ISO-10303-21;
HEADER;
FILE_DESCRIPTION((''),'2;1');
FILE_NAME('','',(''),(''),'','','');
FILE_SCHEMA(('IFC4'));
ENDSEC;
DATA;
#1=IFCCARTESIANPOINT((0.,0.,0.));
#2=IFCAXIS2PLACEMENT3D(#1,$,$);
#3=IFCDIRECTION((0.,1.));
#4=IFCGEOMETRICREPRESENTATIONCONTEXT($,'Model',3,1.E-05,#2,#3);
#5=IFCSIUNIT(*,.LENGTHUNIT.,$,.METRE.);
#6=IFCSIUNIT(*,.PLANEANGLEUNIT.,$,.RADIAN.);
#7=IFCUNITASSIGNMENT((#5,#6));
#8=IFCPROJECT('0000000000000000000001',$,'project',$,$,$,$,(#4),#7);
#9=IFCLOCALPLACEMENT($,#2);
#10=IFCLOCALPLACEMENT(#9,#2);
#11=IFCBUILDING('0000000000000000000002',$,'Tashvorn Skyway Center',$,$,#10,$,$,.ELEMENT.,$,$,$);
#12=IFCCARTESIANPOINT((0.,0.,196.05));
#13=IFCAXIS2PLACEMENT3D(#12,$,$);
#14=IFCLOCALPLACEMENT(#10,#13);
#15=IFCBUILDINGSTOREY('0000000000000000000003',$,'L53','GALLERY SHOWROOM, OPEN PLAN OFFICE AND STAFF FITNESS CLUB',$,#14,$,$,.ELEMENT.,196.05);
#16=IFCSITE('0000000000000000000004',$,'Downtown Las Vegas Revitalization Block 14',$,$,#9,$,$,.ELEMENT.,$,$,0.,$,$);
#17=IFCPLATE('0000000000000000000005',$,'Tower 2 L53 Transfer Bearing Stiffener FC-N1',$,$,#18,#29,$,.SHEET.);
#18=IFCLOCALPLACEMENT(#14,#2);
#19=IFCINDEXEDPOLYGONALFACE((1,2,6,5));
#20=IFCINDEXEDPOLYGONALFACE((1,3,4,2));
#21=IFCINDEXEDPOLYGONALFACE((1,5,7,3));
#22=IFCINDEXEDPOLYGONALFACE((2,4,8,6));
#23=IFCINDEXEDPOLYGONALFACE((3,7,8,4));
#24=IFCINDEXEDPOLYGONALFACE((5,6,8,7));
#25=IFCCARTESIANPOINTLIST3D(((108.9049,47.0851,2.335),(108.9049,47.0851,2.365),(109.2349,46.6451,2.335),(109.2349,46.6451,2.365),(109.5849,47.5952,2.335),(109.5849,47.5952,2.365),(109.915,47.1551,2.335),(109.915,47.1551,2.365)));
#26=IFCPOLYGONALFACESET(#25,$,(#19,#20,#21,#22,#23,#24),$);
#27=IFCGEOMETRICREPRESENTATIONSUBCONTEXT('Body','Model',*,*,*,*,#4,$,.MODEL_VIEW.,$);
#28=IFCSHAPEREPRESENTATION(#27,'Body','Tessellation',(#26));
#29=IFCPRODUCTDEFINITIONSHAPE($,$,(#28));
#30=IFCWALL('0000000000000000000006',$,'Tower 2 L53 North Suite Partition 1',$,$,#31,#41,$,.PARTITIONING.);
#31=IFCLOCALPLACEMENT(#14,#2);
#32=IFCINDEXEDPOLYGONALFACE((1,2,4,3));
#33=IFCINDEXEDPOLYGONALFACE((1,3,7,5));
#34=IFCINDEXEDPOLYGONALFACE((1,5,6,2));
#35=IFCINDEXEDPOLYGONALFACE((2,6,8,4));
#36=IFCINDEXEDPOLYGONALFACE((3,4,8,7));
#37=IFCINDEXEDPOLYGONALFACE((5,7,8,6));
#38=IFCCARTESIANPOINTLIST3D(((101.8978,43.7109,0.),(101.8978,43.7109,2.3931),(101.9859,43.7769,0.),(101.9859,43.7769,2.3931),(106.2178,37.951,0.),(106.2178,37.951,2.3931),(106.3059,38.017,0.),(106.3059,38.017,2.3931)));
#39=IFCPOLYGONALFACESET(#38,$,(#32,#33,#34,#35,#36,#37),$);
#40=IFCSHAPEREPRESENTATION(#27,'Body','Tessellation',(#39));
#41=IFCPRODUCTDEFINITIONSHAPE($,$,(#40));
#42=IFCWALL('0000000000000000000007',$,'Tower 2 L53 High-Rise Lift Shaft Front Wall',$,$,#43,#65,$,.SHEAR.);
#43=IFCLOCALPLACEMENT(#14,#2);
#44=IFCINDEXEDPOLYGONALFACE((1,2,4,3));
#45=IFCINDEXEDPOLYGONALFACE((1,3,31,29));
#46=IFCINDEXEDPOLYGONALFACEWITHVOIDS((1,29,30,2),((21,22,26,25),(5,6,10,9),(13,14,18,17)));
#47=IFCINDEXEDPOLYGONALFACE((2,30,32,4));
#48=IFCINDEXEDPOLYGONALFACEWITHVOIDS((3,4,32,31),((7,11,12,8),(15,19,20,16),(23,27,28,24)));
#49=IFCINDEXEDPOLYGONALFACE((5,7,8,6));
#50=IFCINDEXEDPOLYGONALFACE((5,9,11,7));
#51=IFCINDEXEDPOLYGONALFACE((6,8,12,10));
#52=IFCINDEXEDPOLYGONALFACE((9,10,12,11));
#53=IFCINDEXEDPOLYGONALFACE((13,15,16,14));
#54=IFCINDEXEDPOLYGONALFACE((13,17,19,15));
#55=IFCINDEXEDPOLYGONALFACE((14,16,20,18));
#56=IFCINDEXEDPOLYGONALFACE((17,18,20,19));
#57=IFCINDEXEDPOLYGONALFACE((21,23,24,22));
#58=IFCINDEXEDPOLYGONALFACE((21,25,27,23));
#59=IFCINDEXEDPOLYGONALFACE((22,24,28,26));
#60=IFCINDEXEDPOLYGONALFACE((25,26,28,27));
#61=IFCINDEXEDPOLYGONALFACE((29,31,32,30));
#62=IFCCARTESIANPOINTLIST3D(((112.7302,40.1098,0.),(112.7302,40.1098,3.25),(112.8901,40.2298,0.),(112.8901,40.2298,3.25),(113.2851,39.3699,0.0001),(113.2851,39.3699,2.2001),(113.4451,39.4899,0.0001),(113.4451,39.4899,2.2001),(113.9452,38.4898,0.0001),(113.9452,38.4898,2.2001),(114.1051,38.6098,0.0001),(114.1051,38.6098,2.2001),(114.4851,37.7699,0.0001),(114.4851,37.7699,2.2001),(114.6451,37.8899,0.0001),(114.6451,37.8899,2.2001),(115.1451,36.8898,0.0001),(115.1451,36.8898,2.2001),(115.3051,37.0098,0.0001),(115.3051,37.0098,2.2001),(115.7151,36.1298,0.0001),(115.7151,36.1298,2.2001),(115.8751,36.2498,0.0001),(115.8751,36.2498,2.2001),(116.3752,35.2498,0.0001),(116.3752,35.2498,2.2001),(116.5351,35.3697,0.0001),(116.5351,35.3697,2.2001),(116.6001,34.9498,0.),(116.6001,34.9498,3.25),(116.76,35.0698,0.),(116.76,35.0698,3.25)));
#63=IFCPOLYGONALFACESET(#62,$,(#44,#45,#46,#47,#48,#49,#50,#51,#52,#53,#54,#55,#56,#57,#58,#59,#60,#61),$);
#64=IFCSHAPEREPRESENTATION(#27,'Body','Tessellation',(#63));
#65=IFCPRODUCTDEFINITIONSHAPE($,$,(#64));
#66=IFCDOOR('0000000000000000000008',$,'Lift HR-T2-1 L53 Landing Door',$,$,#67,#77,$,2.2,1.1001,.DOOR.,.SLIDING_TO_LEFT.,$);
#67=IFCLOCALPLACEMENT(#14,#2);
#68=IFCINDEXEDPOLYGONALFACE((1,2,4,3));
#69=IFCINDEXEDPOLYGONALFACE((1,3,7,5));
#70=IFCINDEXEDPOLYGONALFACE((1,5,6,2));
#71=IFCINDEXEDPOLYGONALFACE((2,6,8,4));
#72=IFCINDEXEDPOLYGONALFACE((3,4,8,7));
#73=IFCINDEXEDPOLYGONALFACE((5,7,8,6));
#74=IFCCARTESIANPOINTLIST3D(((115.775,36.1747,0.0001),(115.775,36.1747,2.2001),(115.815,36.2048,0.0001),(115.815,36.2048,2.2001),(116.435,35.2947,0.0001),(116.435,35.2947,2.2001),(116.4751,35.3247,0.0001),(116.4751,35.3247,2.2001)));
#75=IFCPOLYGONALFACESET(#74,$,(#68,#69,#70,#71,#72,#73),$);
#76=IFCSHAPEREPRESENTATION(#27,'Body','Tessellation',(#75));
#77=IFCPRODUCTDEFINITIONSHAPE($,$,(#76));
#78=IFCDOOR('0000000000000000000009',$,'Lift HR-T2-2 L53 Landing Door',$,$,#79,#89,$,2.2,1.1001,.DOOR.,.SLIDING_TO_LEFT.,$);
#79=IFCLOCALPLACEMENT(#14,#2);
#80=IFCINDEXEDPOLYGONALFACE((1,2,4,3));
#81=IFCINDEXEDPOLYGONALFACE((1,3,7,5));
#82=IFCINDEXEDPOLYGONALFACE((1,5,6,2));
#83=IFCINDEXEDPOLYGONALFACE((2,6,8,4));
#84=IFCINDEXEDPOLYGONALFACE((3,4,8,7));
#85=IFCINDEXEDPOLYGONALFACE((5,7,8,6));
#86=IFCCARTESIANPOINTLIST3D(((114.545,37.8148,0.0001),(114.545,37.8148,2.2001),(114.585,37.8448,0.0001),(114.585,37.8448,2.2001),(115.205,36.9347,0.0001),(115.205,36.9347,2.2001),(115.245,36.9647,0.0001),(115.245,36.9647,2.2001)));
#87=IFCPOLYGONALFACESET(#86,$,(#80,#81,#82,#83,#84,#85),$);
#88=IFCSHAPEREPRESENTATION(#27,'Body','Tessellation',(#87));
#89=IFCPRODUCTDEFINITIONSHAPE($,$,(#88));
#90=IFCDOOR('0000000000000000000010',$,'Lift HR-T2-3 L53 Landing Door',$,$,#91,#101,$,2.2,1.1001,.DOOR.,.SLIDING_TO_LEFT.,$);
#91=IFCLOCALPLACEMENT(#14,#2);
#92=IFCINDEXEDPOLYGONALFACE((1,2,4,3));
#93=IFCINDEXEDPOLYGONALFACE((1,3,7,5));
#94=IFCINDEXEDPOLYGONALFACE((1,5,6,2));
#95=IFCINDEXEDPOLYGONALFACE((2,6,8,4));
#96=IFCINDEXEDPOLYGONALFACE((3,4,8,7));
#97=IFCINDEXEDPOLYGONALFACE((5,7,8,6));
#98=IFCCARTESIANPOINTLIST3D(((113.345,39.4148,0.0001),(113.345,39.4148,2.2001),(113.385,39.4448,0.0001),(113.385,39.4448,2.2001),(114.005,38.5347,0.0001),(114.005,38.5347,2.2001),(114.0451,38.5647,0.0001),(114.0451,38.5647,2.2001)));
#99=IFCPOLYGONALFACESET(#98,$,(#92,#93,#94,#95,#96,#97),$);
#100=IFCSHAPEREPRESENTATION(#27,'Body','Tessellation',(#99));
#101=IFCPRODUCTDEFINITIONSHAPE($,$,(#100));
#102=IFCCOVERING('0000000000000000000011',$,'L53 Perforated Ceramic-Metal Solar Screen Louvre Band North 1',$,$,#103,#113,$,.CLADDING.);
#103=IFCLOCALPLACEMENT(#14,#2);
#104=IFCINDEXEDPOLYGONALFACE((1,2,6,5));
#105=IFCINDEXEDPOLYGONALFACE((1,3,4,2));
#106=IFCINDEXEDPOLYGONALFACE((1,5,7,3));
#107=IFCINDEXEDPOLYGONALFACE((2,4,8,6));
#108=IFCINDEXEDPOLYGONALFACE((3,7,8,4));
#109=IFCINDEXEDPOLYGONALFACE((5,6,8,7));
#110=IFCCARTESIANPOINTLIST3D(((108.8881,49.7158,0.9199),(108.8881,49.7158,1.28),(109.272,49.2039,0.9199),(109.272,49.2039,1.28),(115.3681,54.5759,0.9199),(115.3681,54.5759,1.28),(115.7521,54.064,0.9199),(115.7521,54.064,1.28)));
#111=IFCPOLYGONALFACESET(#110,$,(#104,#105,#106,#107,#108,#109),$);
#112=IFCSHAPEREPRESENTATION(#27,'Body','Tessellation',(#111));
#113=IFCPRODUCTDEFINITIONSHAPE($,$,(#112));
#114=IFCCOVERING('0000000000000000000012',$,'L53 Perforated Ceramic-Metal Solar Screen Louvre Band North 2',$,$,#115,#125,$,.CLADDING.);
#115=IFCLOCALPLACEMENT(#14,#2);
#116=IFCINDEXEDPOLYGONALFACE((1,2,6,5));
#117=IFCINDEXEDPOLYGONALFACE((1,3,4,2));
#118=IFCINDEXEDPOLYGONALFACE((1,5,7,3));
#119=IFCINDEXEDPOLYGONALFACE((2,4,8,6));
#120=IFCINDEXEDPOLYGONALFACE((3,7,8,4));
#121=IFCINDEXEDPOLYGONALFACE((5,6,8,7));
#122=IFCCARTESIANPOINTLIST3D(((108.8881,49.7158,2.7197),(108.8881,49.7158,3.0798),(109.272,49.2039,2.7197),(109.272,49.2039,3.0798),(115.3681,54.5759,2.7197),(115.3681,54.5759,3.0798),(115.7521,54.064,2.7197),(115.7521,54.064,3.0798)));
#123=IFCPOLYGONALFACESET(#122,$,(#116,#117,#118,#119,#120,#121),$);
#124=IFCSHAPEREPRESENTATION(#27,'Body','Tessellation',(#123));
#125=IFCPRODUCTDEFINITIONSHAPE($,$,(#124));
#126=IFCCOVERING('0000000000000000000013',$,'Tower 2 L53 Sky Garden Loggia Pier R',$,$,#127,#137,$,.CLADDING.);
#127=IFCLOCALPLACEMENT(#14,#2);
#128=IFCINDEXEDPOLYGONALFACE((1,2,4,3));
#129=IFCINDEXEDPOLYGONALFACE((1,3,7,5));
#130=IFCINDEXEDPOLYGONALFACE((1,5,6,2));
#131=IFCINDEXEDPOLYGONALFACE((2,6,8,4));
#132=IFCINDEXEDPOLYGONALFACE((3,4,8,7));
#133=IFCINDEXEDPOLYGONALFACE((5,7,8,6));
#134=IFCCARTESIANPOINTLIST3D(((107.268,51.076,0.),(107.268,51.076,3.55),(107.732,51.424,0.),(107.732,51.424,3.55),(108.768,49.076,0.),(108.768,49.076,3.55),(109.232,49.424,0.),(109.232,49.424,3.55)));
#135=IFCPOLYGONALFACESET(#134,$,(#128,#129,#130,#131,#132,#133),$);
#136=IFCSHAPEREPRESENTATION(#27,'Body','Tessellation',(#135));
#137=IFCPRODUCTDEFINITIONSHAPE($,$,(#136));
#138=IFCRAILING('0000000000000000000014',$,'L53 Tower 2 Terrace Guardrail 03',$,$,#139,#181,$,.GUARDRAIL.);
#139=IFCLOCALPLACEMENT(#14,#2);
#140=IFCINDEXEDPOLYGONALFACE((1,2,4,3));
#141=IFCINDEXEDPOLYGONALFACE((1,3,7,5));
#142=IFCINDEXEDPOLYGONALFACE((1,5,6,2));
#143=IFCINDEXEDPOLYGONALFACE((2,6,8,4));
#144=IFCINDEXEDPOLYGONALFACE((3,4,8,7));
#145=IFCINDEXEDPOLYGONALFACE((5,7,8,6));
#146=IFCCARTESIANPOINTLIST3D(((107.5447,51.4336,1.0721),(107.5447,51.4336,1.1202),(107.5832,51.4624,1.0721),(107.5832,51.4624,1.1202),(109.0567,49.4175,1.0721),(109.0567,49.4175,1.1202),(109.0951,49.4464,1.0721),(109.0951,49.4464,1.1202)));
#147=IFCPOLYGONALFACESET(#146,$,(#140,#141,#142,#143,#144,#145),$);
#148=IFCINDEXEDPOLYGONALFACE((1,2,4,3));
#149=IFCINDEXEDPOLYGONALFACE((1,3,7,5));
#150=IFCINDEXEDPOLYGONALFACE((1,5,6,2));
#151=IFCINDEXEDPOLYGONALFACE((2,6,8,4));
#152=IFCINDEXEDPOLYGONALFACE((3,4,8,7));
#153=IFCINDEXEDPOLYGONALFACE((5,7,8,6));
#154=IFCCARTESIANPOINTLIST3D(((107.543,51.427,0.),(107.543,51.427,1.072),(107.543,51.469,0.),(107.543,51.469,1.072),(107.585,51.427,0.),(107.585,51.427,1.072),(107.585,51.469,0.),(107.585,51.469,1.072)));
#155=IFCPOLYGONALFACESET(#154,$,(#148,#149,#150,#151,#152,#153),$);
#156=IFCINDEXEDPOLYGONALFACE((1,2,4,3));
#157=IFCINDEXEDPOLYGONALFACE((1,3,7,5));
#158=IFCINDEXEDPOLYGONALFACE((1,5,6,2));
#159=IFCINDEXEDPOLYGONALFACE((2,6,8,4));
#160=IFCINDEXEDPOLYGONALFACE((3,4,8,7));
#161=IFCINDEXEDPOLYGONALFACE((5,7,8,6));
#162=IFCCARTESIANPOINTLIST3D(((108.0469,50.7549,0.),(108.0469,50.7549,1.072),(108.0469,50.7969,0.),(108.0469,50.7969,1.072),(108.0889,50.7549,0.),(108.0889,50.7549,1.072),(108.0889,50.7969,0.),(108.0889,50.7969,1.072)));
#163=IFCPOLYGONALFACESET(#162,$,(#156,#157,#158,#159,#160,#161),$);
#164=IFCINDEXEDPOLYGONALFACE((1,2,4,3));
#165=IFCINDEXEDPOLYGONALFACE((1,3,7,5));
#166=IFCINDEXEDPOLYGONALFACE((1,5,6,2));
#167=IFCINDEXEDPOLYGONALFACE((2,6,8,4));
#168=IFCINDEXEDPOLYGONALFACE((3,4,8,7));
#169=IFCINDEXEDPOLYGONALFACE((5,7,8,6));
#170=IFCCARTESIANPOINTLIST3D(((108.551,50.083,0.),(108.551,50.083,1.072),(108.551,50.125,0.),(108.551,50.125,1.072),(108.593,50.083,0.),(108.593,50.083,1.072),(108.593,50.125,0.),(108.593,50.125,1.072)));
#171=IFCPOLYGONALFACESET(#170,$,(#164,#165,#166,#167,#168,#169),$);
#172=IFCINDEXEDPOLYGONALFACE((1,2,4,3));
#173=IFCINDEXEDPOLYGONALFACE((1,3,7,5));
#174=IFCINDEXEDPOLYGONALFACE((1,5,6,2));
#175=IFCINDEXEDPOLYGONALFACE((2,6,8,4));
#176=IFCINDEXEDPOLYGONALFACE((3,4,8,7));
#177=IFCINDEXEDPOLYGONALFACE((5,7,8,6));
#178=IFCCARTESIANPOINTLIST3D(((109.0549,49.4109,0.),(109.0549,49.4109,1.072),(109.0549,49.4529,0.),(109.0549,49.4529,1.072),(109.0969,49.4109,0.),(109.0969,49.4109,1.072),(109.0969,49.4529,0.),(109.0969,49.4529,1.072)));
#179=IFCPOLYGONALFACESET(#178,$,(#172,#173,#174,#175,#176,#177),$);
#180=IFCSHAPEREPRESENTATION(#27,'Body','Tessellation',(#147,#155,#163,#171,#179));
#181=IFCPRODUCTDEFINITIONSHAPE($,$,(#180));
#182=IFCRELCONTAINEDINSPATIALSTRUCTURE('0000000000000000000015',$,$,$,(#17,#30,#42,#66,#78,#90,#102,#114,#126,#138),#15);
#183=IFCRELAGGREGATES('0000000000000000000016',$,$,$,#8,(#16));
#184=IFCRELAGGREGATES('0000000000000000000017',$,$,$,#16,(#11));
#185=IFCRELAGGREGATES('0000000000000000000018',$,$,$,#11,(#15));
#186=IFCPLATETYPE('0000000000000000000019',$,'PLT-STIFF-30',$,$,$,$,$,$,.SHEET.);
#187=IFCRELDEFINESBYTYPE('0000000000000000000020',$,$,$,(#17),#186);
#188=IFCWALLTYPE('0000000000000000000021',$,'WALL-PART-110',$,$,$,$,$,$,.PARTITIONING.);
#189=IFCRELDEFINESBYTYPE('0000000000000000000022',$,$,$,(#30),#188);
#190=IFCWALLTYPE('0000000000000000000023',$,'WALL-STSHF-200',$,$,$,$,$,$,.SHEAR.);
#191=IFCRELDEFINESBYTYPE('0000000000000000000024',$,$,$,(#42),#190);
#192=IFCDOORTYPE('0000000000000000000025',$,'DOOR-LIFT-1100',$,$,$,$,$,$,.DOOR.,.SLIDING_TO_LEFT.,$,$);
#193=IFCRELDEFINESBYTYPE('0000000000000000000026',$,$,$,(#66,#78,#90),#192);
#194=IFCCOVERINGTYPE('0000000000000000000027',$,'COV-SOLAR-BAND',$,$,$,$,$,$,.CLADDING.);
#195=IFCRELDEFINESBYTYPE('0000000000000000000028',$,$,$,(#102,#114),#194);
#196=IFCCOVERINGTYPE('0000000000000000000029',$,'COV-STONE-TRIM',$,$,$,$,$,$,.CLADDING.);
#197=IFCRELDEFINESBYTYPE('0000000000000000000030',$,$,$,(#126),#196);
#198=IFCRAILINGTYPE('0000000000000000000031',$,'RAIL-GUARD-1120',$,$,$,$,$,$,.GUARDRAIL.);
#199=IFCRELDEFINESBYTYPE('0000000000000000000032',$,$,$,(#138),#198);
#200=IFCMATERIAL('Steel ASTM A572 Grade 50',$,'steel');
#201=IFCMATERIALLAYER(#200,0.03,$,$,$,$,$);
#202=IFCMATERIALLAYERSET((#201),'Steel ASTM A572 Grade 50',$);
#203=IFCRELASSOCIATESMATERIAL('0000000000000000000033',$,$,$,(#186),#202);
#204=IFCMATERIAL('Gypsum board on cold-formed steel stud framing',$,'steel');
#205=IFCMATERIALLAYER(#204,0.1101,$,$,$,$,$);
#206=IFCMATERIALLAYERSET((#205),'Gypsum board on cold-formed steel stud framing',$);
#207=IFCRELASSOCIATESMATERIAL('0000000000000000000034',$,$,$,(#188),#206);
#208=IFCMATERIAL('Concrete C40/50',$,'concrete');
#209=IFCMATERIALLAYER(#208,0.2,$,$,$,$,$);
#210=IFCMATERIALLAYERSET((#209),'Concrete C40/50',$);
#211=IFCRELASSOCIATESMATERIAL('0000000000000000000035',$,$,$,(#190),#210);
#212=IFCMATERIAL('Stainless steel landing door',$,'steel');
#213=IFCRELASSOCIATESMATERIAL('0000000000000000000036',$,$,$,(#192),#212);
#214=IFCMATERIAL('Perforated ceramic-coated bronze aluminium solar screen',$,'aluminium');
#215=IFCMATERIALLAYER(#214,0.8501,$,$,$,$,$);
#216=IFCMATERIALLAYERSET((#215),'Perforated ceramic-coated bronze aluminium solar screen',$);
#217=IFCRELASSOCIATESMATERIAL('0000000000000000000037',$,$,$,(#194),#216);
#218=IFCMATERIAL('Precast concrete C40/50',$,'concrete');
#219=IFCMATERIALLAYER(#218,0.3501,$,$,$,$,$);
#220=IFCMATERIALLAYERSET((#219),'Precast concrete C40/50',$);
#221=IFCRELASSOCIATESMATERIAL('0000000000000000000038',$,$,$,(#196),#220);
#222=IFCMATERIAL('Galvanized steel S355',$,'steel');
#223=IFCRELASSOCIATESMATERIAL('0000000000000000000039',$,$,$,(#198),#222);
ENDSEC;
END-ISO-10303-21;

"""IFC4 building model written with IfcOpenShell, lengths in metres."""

from ifc_helpers import new_model, si_unit, direction, frame, frame_2d, origin, origin_2d, place, context, subcontext, project, spatial, rectangle, extrude, material, layer, layer_set, type_object, element, fill, save


model = new_model("IFC4")

# Units and contexts
model_context = context("Model", 3, precision=1e-05, world=origin(), true_north=direction((0.0, 1.0)))
body_context = subcontext(model_context, "Body", "Model", "MODEL_VIEW")
ifc_project = project(units=[si_unit("LENGTHUNIT", "METRE"), si_unit("PLANEANGLEUNIT", "RADIAN")], contexts=[model_context])

# Site, building, storey
site_placement = place(None, origin())
site = spatial("IfcSite", under=ifc_project, at=site_placement, Name="Downtown Las Vegas Revitalization Block 14", CompositionType="ELEMENT", RefElevation=0.0)
building_placement = place(site_placement, origin())
building = spatial("IfcBuilding", under=site, at=building_placement, Name="Tashvorn Skyway Center", CompositionType="ELEMENT")
storey_placement = place(building_placement, frame((0.0, 0.0, 196.05)))
storey = spatial("IfcBuildingStorey", under=building, at=storey_placement, Name="L53", Description="GALLERY SHOWROOM, OPEN PLAN OFFICE AND STAFF FITNESS CLUB", CompositionType="ELEMENT", Elevation=196.05)

# Shared definitions
ifc_material_1 = material(Name="Steel ASTM A572 Grade 50", Category="steel")

# Plate
ifc_layer_1 = layer(ifc_material_1, 0.03)
ifc_layer_set_1 = layer_set([ifc_layer_1], Name="Steel ASTM A572 Grade 50")
plate_type_1 = type_object("IfcPlateType", Name="PLT-STIFF-30", PredefinedType="SHEET", material=ifc_layer_set_1)
plate_1_placement = place(storey_placement, frame((109.4099, 47.1201, 2.335), z_axis=(0.0, 0.0, 1.0), x_axis=(0.8, 0.6, 0.0)))
element("IfcPlate", 1, at=plate_1_placement, inside=storey, type_object=plate_type_1, Name="Tower 2 L53 Transfer Bearing Stiffener FC-N1", PredefinedType="SHEET", context=body_context, shape_type="SweptSolid", body=[
    extrude(rectangle(XDim=0.8501, YDim=0.55, at=origin_2d()), origin(), (0.0, 0.0, 1.0), 0.03),
])

# Wall
ifc_material_2 = material(Name="Gypsum board on cold-formed steel stud framing", Category="steel")
ifc_layer_2 = layer(ifc_material_2, 0.1101)
ifc_layer_set_2 = layer_set([ifc_layer_2], Name="Gypsum board on cold-formed steel stud framing")
wall_type_1 = type_object("IfcWallType", Name="WALL-PART-110", PredefinedType="PARTITIONING", material=ifc_layer_set_2)
wall_1_placement = place(storey_placement, frame((106.262, 37.9839, 0.0), z_axis=(0.0, 0.0, 1.0), x_axis=(-0.600005, 0.799996, 0.0)))
element("IfcWall", 2, at=wall_1_placement, inside=storey, type_object=wall_type_1, Name="Tower 2 L53 North Suite Partition 1", PredefinedType="PARTITIONING", context=body_context, shape_type="SweptSolid", body=[
    extrude(rectangle(XDim=7.2, YDim=0.1101, at=frame_2d((3.6001, 0.0))), origin(), (0.0, 0.0, 1.0), 2.3931),
])

# Wall, openings, doors
ifc_material_3 = material(Name="Concrete C40/50", Category="concrete")
ifc_layer_3 = layer(ifc_material_3, 0.2)
ifc_layer_set_3 = layer_set([ifc_layer_3], Name="Concrete C40/50")
wall_type_2 = type_object("IfcWallType", Name="WALL-STSHF-200", PredefinedType="SHEAR", material=ifc_layer_set_3)
wall_2_placement = place(storey_placement, frame((112.8101, 40.1699, 0.0), z_axis=(0.0, 0.0, 1.0), x_axis=(0.599994, -0.800005, 0.0)))
wall_2 = element("IfcWall", 3, at=wall_2_placement, inside=storey, type_object=wall_type_2, Name="Tower 2 L53 High-Rise Lift Shaft Front Wall", PredefinedType="SHEAR", context=body_context, shape_type="SweptSolid", body=[
    extrude(rectangle(XDim=6.45, YDim=0.2, at=frame_2d((3.2251, 0.0))), origin(), (0.0, 0.0, 1.0), 3.25),
])
opening_1_placement = place(wall_2_placement, frame((4.9751, 0.0, 0.0)))
opening_1 = element("IfcOpeningElement", 4, at=opening_1_placement, cuts=wall_2, PredefinedType="OPENING", context=body_context, shape_type="SweptSolid", body=[
    extrude(rectangle(XDim=1.1001, YDim=2.2, at=frame_2d((0.55, 1.1001))), frame((0.0, 0.1099, 0.0), z_axis=(0.0, -1.0, 0.0), x_axis=(1.0, 0.0, 0.0)), (0.0, 0.0, 1.0), 0.22),
])
opening_2_placement = place(wall_2_placement, frame((2.925, 0.0, 0.0)))
opening_2 = element("IfcOpeningElement", 5, at=opening_2_placement, cuts=wall_2, PredefinedType="OPENING", context=body_context, shape_type="SweptSolid", body=[
    extrude(rectangle(XDim=1.1001, YDim=2.2, at=frame_2d((0.55, 1.1001))), frame((0.0, 0.1099, 0.0), z_axis=(0.0, -1.0, 0.0), x_axis=(1.0, 0.0, 0.0)), (0.0, 0.0, 1.0), 0.22),
])
opening_3_placement = place(wall_2_placement, frame((0.925, 0.0, 0.0)))
opening_3 = element("IfcOpeningElement", 6, at=opening_3_placement, cuts=wall_2, PredefinedType="OPENING", context=body_context, shape_type="SweptSolid", body=[
    extrude(rectangle(XDim=1.1001, YDim=2.2, at=frame_2d((0.55, 1.1001))), frame((0.0, 0.1099, 0.0), z_axis=(0.0, -1.0, 0.0), x_axis=(1.0, 0.0, 0.0)), (0.0, 0.0, 1.0), 0.22),
])
ifc_material_4 = material(Name="Stainless steel landing door", Category="steel")
door_type = type_object("IfcDoorType", Name="DOOR-LIFT-1100", OperationType="SLIDING_TO_LEFT", PredefinedType="DOOR", material=ifc_material_4)
door_1_placement = place(opening_1_placement, origin())
door_1 = element("IfcDoor", 7, at=door_1_placement, inside=storey, type_object=door_type, Name="Lift HR-T2-1 L53 Landing Door", OperationType="SLIDING_TO_LEFT", OverallHeight=2.2, OverallWidth=1.1001, PredefinedType="DOOR", context=body_context, shape_type="SweptSolid", body=[
    extrude(rectangle(XDim=1.1001, YDim=2.2, at=frame_2d((0.55, 1.1001))), frame((0.0, 0.0249, 0.0), z_axis=(0.0, -1.0, 0.0), x_axis=(1.0, 0.0, 0.0)), (0.0, 0.0, 1.0), 0.05),
])
fill(opening_1, door_1)
door_2_placement = place(opening_2_placement, origin())
door_2 = element("IfcDoor", 8, at=door_2_placement, inside=storey, type_object=door_type, Name="Lift HR-T2-2 L53 Landing Door", OperationType="SLIDING_TO_LEFT", OverallHeight=2.2, OverallWidth=1.1001, PredefinedType="DOOR", context=body_context, shape_type="SweptSolid", body=[
    extrude(rectangle(XDim=1.1001, YDim=2.2, at=frame_2d((0.55, 1.1001))), frame((0.0, 0.0249, 0.0), z_axis=(0.0, -1.0, 0.0), x_axis=(1.0, 0.0, 0.0)), (0.0, 0.0, 1.0), 0.05),
])
fill(opening_2, door_2)
door_3_placement = place(opening_3_placement, origin())
door_3 = element("IfcDoor", 9, at=door_3_placement, inside=storey, type_object=door_type, Name="Lift HR-T2-3 L53 Landing Door", OperationType="SLIDING_TO_LEFT", OverallHeight=2.2, OverallWidth=1.1001, PredefinedType="DOOR", context=body_context, shape_type="SweptSolid", body=[
    extrude(rectangle(XDim=1.1001, YDim=2.2, at=frame_2d((0.55, 1.1001))), frame((0.0, 0.0249, 0.0), z_axis=(0.0, -1.0, 0.0), x_axis=(1.0, 0.0, 0.0)), (0.0, 0.0, 1.0), 0.05),
])
fill(opening_3, door_3)

# Coverings
ifc_material_5 = material(Name="Perforated ceramic-coated bronze aluminium solar screen", Category="aluminium")
ifc_layer_4 = layer(ifc_material_5, 0.8501)
ifc_layer_set_4 = layer_set([ifc_layer_4], Name="Perforated ceramic-coated bronze aluminium solar screen")
covering_type_1 = type_object("IfcCoveringType", Name="COV-SOLAR-BAND", PredefinedType="CLADDING", material=ifc_layer_set_4)
for number, where, z_axis, x_axis, name in (
    (10, (112.3201, 51.8899, 0.9199), (0.0, 0.0, 1.0), (0.8, 0.6, 0.0), "L53 Perforated Ceramic-Metal Solar Screen Louvre Band North 1"),
    (11, (112.3201, 51.8899, 2.7197), (0.0, 0.0, 1.0), (0.8, 0.6, 0.0), "L53 Perforated Ceramic-Metal Solar Screen Louvre Band North 2"),
):
    element("IfcCovering", number, at=place(storey_placement, frame(where, z_axis=z_axis, x_axis=x_axis)), inside=storey, type_object=covering_type_1, Name=name, PredefinedType="CLADDING", context=body_context, shape_type="SweptSolid", body=[
        extrude(rectangle(XDim=8.1001, YDim=0.6399, at=origin_2d()), origin(), (0.0, 0.0, 1.0), 0.3601),
    ])
ifc_material_6 = material(Name="Precast concrete C40/50", Category="concrete")
ifc_layer_5 = layer(ifc_material_6, 0.3501)
ifc_layer_set_5 = layer_set([ifc_layer_5], Name="Precast concrete C40/50")
covering_type_2 = type_object("IfcCoveringType", Name="COV-STONE-TRIM", PredefinedType="CLADDING", material=ifc_layer_set_5)
covering_placement = place(storey_placement, frame((108.25, 50.25, 0.0), z_axis=(0.0, 0.0, 1.0), x_axis=(0.8, 0.6, 0.0)))
element("IfcCovering", 12, at=covering_placement, inside=storey, type_object=covering_type_2, Name="Tower 2 L53 Sky Garden Loggia Pier R", PredefinedType="CLADDING", context=body_context, shape_type="SweptSolid", body=[
    extrude(rectangle(XDim=0.5801, YDim=2.5, at=origin_2d()), origin(), (0.0, 0.0, 1.0), 3.55),
])

# Railing
ifc_material_7 = material(Name="Galvanized steel S355", Category="steel")
railing_type = type_object("IfcRailingType", Name="RAIL-GUARD-1120", PredefinedType="GUARDRAIL", material=ifc_material_7)
railing_placement = place(storey_placement, frame((107.564, 51.448, 0.0)))
element("IfcRailing", 13, at=railing_placement, inside=storey, type_object=railing_type, Name="L53 Tower 2 Terrace Guardrail 03", PredefinedType="GUARDRAIL", context=body_context, shape_type="SweptSolid", body=[
    extrude(rectangle(XDim=0.0481, YDim=0.0481, at=origin_2d()), frame((0.0, 0.0, 1.0962), z_axis=(0.599969, -0.800023, 0.0), x_axis=(0.800023, 0.599969, 0.0)), (0.0, 0.0, 1.0), 2.52),
    extrude(rectangle(XDim=0.042, YDim=0.042, at=origin_2d()), origin(), (0.0, 0.0, 1.0), 1.072),
    extrude(rectangle(XDim=0.042, YDim=0.042, at=origin_2d()), frame((0.5039, -0.6721, 0.0)), (0.0, 0.0, 1.0), 1.072),
    extrude(rectangle(XDim=0.042, YDim=0.042, at=origin_2d()), frame((1.0081, -1.344, 0.0)), (0.0, 0.0, 1.0), 1.072),
    extrude(rectangle(XDim=0.042, YDim=0.042, at=origin_2d()), frame((1.512, -2.0161, 0.0)), (0.0, 0.0, 1.0), 1.072),
])

save(model, "model.ifc")
